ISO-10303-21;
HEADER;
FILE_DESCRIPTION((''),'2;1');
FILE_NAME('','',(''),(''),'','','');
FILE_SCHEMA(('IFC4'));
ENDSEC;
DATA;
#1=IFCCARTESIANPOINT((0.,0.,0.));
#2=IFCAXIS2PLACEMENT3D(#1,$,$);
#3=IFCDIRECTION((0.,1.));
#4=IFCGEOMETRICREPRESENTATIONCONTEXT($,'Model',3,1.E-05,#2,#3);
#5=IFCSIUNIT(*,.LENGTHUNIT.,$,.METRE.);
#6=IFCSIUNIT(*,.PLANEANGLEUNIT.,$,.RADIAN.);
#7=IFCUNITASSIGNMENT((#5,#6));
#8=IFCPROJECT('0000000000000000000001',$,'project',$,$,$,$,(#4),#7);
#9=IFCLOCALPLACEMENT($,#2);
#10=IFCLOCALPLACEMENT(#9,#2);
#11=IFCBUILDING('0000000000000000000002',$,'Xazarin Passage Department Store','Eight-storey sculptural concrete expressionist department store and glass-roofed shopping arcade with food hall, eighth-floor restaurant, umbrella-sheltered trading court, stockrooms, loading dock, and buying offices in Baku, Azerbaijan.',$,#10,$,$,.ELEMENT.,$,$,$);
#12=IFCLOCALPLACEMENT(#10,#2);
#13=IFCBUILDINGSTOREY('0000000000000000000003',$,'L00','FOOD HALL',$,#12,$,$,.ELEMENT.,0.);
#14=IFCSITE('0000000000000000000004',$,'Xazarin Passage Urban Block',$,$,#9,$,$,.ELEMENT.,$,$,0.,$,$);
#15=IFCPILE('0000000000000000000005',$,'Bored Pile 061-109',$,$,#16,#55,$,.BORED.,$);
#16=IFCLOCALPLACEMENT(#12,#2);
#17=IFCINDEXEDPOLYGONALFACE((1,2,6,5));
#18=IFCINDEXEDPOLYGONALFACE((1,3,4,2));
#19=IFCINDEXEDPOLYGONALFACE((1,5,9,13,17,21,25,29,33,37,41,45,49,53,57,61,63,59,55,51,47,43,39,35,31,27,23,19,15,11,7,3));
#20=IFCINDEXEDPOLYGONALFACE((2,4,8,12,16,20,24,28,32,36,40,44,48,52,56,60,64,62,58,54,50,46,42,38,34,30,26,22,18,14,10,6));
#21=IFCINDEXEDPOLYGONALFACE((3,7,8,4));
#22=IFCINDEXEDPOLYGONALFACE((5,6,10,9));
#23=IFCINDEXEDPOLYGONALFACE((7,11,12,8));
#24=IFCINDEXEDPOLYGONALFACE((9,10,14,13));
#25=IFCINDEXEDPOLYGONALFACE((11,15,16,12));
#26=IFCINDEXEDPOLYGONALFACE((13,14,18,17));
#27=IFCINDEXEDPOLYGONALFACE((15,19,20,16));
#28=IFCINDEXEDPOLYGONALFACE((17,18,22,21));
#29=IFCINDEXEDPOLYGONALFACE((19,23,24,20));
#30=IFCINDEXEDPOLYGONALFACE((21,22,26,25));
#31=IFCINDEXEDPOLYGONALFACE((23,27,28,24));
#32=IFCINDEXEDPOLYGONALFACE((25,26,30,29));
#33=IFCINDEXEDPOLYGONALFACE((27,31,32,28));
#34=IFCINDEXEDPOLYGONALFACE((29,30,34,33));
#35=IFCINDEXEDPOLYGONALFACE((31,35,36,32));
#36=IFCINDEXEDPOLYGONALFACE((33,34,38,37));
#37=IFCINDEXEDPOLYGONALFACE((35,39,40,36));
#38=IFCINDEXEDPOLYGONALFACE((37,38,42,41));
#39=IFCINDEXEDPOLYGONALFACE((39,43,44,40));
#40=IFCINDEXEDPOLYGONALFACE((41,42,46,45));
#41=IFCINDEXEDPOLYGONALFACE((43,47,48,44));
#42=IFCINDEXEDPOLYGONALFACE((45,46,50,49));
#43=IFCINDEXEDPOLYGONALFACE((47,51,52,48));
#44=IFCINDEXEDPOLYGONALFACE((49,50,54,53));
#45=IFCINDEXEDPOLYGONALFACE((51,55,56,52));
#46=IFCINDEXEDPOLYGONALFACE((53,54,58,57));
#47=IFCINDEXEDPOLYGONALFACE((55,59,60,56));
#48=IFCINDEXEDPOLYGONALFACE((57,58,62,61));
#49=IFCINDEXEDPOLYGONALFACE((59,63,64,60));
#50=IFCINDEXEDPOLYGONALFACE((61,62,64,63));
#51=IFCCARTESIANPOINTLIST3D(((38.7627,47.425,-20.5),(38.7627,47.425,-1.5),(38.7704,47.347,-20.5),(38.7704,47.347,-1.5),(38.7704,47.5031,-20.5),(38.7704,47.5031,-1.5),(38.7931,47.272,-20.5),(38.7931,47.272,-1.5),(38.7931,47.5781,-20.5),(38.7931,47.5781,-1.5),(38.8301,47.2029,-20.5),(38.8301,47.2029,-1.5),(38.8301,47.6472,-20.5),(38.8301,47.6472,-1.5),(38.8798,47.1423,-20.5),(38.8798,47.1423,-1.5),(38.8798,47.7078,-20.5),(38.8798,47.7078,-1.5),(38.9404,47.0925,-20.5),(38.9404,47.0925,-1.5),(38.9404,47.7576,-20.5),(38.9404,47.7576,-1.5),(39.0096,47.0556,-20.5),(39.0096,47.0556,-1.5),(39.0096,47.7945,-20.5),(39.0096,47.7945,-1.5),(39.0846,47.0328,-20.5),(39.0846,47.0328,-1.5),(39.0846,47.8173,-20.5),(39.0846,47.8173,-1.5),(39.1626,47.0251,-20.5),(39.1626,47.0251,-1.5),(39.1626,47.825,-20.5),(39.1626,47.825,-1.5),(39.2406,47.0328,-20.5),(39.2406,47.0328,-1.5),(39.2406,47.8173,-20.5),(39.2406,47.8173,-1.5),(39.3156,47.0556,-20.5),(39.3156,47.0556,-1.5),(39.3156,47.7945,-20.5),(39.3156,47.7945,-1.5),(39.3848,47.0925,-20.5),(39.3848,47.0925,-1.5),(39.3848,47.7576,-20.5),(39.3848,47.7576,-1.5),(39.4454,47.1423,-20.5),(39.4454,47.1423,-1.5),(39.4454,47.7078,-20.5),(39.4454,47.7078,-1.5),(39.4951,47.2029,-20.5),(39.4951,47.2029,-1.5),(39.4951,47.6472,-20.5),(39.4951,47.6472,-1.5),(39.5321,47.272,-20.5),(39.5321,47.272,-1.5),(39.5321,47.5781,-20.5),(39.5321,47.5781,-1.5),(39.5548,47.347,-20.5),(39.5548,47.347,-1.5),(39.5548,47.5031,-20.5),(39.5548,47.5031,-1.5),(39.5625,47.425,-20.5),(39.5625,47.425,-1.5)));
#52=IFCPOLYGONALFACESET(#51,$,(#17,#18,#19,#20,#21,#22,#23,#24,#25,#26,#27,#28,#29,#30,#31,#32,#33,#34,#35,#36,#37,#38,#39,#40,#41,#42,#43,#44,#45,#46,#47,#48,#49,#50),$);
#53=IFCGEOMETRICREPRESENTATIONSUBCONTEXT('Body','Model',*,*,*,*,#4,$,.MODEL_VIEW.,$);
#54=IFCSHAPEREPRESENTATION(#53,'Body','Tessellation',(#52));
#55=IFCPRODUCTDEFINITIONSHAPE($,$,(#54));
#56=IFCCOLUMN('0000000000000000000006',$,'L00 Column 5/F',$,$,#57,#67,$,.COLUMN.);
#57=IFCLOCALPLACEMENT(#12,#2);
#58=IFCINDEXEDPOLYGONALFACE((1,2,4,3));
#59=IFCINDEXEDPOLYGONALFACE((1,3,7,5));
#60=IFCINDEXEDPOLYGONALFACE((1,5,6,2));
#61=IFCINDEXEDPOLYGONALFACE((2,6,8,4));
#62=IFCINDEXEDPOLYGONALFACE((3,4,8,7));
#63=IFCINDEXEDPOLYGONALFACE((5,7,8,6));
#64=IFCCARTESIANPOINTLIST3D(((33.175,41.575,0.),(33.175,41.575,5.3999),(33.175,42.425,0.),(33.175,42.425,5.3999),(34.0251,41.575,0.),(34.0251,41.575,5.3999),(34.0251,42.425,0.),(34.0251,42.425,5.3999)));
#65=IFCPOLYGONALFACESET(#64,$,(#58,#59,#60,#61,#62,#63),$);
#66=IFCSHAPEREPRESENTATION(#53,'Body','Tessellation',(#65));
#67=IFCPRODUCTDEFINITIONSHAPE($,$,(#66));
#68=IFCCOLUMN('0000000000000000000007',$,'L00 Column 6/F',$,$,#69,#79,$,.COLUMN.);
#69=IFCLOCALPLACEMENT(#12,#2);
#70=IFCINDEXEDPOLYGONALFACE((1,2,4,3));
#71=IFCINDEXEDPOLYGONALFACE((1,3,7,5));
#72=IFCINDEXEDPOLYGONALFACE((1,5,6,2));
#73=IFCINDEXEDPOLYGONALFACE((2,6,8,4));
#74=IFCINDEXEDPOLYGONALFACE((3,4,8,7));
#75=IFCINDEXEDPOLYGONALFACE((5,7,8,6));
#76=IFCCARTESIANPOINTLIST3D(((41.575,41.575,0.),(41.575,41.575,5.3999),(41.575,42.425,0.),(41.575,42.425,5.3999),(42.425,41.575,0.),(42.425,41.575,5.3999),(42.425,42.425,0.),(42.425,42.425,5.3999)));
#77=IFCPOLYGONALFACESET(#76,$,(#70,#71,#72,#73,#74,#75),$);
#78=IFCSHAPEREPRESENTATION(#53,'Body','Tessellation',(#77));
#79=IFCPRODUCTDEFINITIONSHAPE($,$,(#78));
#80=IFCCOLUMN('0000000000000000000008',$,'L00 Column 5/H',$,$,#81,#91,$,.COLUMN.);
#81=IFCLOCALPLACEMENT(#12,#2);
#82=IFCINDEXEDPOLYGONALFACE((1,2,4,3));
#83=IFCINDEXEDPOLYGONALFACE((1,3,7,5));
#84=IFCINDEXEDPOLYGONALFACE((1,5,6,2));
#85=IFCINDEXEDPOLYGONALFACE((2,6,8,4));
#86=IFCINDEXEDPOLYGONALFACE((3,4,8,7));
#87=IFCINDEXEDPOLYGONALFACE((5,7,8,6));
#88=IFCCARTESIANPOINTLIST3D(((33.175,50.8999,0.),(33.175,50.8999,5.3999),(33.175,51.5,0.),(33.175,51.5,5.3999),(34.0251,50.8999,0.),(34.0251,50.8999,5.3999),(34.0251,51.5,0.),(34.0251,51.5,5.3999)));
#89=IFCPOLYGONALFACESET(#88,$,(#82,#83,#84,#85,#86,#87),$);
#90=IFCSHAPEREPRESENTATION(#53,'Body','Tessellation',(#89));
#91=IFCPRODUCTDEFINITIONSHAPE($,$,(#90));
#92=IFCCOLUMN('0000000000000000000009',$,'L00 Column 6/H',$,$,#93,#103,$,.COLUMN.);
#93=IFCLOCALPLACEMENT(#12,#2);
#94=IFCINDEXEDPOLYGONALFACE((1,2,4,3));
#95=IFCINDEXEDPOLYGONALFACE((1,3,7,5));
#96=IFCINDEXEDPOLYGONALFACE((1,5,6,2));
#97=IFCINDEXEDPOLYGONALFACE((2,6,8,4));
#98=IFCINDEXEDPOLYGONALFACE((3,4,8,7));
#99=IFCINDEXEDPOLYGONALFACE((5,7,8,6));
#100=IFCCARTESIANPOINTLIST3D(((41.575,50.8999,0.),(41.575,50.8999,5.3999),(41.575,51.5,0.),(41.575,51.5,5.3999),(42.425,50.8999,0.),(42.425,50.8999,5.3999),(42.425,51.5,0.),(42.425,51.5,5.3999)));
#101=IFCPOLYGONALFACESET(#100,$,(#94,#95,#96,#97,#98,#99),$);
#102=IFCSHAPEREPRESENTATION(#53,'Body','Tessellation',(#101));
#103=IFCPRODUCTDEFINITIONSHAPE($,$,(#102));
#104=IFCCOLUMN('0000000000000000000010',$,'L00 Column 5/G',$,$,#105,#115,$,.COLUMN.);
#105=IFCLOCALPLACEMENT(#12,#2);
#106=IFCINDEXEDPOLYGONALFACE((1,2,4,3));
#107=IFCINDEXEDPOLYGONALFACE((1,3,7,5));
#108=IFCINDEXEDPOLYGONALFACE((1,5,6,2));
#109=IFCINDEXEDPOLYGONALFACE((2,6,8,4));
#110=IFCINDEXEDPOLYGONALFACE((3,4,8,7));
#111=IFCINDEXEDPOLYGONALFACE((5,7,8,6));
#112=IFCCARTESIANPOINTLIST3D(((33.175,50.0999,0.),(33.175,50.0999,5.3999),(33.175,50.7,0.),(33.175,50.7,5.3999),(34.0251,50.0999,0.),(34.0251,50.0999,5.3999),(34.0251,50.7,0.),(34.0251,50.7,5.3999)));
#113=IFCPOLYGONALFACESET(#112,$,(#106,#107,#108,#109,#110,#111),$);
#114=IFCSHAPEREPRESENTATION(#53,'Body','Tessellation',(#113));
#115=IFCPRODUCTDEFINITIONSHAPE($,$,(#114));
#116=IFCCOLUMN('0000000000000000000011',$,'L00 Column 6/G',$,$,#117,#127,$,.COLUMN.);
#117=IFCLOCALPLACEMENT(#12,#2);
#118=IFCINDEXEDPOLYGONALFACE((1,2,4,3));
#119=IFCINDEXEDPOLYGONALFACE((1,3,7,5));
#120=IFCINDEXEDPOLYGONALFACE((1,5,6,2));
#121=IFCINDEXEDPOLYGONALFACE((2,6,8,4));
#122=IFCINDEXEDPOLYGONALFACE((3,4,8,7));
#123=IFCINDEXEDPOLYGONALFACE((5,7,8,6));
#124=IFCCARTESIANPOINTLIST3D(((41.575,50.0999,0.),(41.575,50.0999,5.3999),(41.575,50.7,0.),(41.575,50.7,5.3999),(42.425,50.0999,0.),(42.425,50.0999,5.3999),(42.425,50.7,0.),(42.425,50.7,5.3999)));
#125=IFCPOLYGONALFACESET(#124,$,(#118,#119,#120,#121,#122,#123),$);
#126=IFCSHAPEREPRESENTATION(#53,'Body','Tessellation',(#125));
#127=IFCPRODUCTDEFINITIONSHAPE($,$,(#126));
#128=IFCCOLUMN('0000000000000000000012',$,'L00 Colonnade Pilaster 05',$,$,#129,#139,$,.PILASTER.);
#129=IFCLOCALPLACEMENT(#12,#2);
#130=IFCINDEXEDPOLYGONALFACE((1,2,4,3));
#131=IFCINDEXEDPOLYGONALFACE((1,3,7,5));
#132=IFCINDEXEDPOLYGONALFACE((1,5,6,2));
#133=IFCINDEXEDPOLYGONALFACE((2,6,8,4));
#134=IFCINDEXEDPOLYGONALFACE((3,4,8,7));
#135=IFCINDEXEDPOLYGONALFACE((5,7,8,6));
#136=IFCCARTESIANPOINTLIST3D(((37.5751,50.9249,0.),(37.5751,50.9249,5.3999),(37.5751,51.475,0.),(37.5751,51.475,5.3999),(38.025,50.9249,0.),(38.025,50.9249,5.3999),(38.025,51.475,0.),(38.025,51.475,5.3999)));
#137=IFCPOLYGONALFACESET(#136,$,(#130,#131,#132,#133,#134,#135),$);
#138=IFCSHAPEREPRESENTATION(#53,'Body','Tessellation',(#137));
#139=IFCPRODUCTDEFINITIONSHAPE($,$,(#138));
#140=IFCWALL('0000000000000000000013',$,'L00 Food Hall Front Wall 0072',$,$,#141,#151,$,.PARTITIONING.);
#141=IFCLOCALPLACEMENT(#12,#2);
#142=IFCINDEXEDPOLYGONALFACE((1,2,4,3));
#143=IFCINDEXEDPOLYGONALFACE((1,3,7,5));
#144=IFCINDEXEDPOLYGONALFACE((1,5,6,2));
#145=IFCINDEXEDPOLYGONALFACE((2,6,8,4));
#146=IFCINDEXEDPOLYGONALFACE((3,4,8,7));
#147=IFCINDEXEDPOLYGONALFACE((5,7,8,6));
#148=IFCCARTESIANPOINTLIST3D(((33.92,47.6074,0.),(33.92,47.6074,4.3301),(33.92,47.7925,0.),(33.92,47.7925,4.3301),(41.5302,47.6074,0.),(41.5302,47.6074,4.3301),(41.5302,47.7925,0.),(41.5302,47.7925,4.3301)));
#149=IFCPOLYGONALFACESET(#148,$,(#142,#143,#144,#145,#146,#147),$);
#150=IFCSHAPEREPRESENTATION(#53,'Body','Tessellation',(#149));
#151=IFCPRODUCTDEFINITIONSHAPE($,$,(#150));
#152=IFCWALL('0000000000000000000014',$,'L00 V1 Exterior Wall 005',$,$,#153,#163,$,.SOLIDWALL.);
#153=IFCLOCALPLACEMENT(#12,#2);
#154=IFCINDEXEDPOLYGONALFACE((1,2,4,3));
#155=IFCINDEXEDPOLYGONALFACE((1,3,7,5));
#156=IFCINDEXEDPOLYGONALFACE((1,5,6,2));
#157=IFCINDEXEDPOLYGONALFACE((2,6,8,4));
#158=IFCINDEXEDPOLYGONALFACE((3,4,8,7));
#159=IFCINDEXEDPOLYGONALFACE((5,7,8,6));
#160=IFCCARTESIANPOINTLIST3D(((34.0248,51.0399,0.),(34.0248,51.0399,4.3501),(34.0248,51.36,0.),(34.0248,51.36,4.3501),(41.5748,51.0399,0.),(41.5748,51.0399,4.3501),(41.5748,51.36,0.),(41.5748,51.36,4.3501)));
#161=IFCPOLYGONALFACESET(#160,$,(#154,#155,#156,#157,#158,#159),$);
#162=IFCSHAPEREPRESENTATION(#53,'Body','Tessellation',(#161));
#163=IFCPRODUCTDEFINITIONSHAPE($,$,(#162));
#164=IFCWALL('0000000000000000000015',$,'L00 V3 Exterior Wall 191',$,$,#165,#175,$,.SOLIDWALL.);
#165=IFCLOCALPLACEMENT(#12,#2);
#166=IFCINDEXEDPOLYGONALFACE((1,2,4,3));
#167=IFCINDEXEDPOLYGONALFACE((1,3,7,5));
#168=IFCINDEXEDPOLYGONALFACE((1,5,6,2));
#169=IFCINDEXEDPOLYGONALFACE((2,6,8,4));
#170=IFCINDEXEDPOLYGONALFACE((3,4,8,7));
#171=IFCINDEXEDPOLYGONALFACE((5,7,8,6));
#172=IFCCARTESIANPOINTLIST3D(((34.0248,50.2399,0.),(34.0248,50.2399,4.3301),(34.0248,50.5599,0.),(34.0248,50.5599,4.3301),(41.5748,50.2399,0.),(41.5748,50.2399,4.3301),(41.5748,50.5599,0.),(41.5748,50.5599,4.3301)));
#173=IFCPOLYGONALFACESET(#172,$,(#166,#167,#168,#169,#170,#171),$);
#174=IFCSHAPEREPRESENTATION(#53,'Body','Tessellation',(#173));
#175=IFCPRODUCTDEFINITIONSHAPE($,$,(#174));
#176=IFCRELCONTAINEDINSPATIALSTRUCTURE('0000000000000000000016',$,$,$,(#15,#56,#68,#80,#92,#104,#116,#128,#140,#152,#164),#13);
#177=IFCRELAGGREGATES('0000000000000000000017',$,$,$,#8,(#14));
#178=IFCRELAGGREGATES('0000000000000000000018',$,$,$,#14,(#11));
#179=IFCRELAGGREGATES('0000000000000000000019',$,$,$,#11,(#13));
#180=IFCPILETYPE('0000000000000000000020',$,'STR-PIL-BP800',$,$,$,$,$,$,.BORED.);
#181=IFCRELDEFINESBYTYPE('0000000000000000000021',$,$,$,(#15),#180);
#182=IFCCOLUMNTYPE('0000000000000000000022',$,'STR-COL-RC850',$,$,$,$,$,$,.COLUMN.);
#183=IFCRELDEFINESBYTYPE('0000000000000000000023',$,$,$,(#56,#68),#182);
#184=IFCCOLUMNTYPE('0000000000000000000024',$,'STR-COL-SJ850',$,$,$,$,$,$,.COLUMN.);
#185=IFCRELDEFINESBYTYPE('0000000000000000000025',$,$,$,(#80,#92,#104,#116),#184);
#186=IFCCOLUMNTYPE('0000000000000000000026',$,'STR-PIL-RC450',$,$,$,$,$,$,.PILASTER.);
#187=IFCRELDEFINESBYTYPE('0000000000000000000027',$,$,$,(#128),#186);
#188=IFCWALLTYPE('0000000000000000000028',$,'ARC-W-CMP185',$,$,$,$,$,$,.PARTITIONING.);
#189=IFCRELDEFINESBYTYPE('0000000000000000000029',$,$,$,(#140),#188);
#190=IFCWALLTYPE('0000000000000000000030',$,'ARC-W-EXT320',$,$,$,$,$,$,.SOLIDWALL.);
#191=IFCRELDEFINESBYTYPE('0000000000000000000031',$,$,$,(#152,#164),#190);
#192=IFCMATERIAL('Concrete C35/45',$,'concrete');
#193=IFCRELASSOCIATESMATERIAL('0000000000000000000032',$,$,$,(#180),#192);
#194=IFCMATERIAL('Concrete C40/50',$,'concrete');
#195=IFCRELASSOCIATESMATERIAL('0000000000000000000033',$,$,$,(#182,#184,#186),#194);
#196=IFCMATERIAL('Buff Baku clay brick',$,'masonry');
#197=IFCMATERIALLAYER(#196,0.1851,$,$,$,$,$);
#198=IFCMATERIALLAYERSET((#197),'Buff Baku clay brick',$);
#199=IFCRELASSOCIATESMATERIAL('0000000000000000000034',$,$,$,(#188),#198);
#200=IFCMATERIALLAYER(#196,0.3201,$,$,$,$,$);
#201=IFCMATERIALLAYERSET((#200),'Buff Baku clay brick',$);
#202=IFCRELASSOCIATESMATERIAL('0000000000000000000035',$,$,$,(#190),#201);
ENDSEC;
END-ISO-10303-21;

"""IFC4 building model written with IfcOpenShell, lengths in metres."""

from ifc_helpers import new_model, si_unit, direction, frame, frame_2d, origin, origin_2d, place, context, subcontext, project, spatial, rectangle, circle, extrude, material, layer, layer_set, material_profile, profile_set, type_object, element, save


model = new_model("IFC4")

# Units and contexts
model_context = context("Model", 3, precision=1e-05, world=origin(), true_north=direction((0.0, 1.0)))
body_context = subcontext(model_context, "Body", "Model", "MODEL_VIEW")
ifc_project = project(units=[si_unit("LENGTHUNIT", "METRE"), si_unit("PLANEANGLEUNIT", "RADIAN")], contexts=[model_context])

# Site, building, storey
site_placement = place(None, origin())
site = spatial("IfcSite", under=ifc_project, at=site_placement, Name="Xazarin Passage Urban Block", CompositionType="ELEMENT", RefElevation=0.0)
building_placement = place(site_placement, origin())
building = spatial("IfcBuilding", under=site, at=building_placement, Name="Xazarin Passage Department Store", Description="Eight-storey sculptural concrete expressionist department store and glass-roofed shopping arcade with food hall, eighth-floor restaurant, umbrella-sheltered trading court, stockrooms, loading dock, and buying offices in Baku, Azerbaijan.", CompositionType="ELEMENT")
storey_placement = place(building_placement, origin())
storey = spatial("IfcBuildingStorey", under=building, at=storey_placement, Name="L00", Description="FOOD HALL", CompositionType="ELEMENT", Elevation=0.0)

# Pile
ifc_material_1 = material(Name="Concrete C35/45", Category="concrete")
ifc_material_profile_1 = material_profile(ifc_material_1, circle(Radius=0.3999, at=origin_2d()), Name="BP 800")
ifc_profile_set_1 = profile_set([ifc_material_profile_1], Name="Concrete C35/45")
pile_type_1 = type_object("IfcPileType", Name="STR-PIL-BP800", PredefinedType="BORED", material=ifc_profile_set_1)
for number, where, z_axis, x_axis, name in (
    (1, (39.1626, 47.425, -1.5), (0.0, 0.0, -1.0), (1.0, 0.0, 0.0), "Bored Pile 061-109"),
):
    element("IfcPile", number, at=place(storey_placement, frame(where, z_axis=z_axis, x_axis=x_axis)), inside=storey, type_object=pile_type_1, Name=name, PredefinedType="BORED", context=body_context, shape_type="SweptSolid", body=[
        extrude(circle(Radius=0.3999, at=origin_2d()), origin(), (0.0, 0.0, 1.0), 19.0),
    ])

# Columns
ifc_material_2 = material(Name="Concrete C40/50", Category="concrete")
ifc_material_profile_2 = material_profile(ifc_material_2, rectangle(XDim=0.8501, YDim=0.8501, at=origin_2d()), Name="RC 850x850")
ifc_profile_set_2 = profile_set([ifc_material_profile_2], Name="Concrete C40/50")
column_type_1 = type_object("IfcColumnType", Name="STR-COL-RC850", PredefinedType="COLUMN", material=ifc_profile_set_2)
for number, where, z_axis, x_axis, name in (
    (2, (33.6001, 42.0, 0.0), (0.0, 0.0, 1.0), (1.0, 0.0, 0.0), "L00 Column 5/F"),
    (3, (42.0, 42.0, 0.0), (0.0, 0.0, 1.0), (1.0, 0.0, 0.0), "L00 Column 6/F"),
):
    element("IfcColumn", number, at=place(storey_placement, frame(where, z_axis=z_axis, x_axis=x_axis)), inside=storey, type_object=column_type_1, Name=name, PredefinedType="COLUMN", context=body_context, shape_type="SweptSolid", body=[
        extrude(rectangle(XDim=0.8501, YDim=0.8501, at=origin_2d()), origin(), (0.0, 0.0, 1.0), 5.3999),
    ])
ifc_material_profile_3 = material_profile(ifc_material_2, rectangle(XDim=0.6001, YDim=0.8501, at=origin_2d()), Name="RC 600x850")
ifc_profile_set_3 = profile_set([ifc_material_profile_3], Name="Concrete C40/50")
column_type_2 = type_object("IfcColumnType", Name="STR-COL-SJ850", PredefinedType="COLUMN", material=ifc_profile_set_3)
for number, where, z_axis, x_axis, name in (
    (4, (33.6001, 51.2, 0.0), (0.0, 0.0, 1.0), (0.0, 1.0, 0.0), "L00 Column 5/H"),
    (5, (42.0, 51.2, 0.0), (0.0, 0.0, 1.0), (0.0, 1.0, 0.0), "L00 Column 6/H"),
    (6, (33.6001, 50.3999, 0.0), (0.0, 0.0, 1.0), (0.0, 1.0, 0.0), "L00 Column 5/G"),
    (7, (42.0, 50.3999, 0.0), (0.0, 0.0, 1.0), (0.0, 1.0, 0.0), "L00 Column 6/G"),
):
    element("IfcColumn", number, at=place(storey_placement, frame(where, z_axis=z_axis, x_axis=x_axis)), inside=storey, type_object=column_type_2, Name=name, PredefinedType="COLUMN", context=body_context, shape_type="SweptSolid", body=[
        extrude(rectangle(XDim=0.6001, YDim=0.8501, at=origin_2d()), origin(), (0.0, 0.0, 1.0), 5.3999),
    ])
ifc_material_profile_4 = material_profile(ifc_material_2, rectangle(XDim=0.45, YDim=0.55, at=origin_2d()), Name="RC 450x550")
ifc_profile_set_4 = profile_set([ifc_material_profile_4], Name="Concrete C40/50")
column_type_3 = type_object("IfcColumnType", Name="STR-PIL-RC450", PredefinedType="PILASTER", material=ifc_profile_set_4)
column_placement = place(storey_placement, frame((37.8, 51.2, 0.0), z_axis=(0.0, 0.0, 1.0), x_axis=(1.0, 0.0, 0.0)))
element("IfcColumn", 8, at=column_placement, inside=storey, type_object=column_type_3, Name="L00 Colonnade Pilaster 05", PredefinedType="PILASTER", context=body_context, shape_type="SweptSolid", body=[
    extrude(rectangle(XDim=0.45, YDim=0.55, at=origin_2d()), origin(), (0.0, 0.0, 1.0), 5.3999),
])

# Walls
ifc_material_3 = material(Name="Buff Baku clay brick", Category="masonry")
ifc_layer_1 = layer(ifc_material_3, 0.1851)
ifc_layer_set_1 = layer_set([ifc_layer_1], Name="Buff Baku clay brick")
wall_type_1 = type_object("IfcWallType", Name="ARC-W-CMP185", PredefinedType="PARTITIONING", material=ifc_layer_set_1)
wall_1_placement = place(storey_placement, frame((33.9199, 47.7, 0.0), z_axis=(0.0, 0.0, 1.0), x_axis=(1.0, 0.0, 0.0)))
element("IfcWall", 9, at=wall_1_placement, inside=storey, type_object=wall_type_1, Name="L00 Food Hall Front Wall 0072", PredefinedType="PARTITIONING", context=body_context, shape_type="SweptSolid", body=[
    extrude(rectangle(XDim=7.6101, YDim=0.1851, at=frame_2d((3.8052, 0.0))), origin(), (0.0, 0.0, 1.0), 4.3301),
])
ifc_layer_2 = layer(ifc_material_3, 0.3201)
ifc_layer_set_2 = layer_set([ifc_layer_2], Name="Buff Baku clay brick")
wall_type_2 = type_object("IfcWallType", Name="ARC-W-EXT320", PredefinedType="SOLIDWALL", material=ifc_layer_set_2)
wall_2_placement = place(storey_placement, frame((34.0249, 51.2, 0.0), z_axis=(0.0, 0.0, 1.0), x_axis=(1.0, 0.0, 0.0)))
element("IfcWall", 10, at=wall_2_placement, inside=storey, type_object=wall_type_2, Name="L00 V1 Exterior Wall 005", PredefinedType="SOLIDWALL", context=body_context, shape_type="SweptSolid", body=[
    extrude(rectangle(XDim=7.55, YDim=0.3201, at=frame_2d((3.7749, 0.0))), origin(), (0.0, 0.0, 1.0), 4.3501),
])
wall_3_placement = place(storey_placement, frame((34.0249, 50.3999, 0.0), z_axis=(0.0, 0.0, 1.0), x_axis=(1.0, 0.0, 0.0)))
element("IfcWall", 11, at=wall_3_placement, inside=storey, type_object=wall_type_2, Name="L00 V3 Exterior Wall 191", PredefinedType="SOLIDWALL", context=body_context, shape_type="SweptSolid", body=[
    extrude(rectangle(XDim=7.55, YDim=0.3201, at=frame_2d((3.7749, 0.0))), origin(), (0.0, 0.0, 1.0), 4.3301),
])

save(model, "model.ifc")
